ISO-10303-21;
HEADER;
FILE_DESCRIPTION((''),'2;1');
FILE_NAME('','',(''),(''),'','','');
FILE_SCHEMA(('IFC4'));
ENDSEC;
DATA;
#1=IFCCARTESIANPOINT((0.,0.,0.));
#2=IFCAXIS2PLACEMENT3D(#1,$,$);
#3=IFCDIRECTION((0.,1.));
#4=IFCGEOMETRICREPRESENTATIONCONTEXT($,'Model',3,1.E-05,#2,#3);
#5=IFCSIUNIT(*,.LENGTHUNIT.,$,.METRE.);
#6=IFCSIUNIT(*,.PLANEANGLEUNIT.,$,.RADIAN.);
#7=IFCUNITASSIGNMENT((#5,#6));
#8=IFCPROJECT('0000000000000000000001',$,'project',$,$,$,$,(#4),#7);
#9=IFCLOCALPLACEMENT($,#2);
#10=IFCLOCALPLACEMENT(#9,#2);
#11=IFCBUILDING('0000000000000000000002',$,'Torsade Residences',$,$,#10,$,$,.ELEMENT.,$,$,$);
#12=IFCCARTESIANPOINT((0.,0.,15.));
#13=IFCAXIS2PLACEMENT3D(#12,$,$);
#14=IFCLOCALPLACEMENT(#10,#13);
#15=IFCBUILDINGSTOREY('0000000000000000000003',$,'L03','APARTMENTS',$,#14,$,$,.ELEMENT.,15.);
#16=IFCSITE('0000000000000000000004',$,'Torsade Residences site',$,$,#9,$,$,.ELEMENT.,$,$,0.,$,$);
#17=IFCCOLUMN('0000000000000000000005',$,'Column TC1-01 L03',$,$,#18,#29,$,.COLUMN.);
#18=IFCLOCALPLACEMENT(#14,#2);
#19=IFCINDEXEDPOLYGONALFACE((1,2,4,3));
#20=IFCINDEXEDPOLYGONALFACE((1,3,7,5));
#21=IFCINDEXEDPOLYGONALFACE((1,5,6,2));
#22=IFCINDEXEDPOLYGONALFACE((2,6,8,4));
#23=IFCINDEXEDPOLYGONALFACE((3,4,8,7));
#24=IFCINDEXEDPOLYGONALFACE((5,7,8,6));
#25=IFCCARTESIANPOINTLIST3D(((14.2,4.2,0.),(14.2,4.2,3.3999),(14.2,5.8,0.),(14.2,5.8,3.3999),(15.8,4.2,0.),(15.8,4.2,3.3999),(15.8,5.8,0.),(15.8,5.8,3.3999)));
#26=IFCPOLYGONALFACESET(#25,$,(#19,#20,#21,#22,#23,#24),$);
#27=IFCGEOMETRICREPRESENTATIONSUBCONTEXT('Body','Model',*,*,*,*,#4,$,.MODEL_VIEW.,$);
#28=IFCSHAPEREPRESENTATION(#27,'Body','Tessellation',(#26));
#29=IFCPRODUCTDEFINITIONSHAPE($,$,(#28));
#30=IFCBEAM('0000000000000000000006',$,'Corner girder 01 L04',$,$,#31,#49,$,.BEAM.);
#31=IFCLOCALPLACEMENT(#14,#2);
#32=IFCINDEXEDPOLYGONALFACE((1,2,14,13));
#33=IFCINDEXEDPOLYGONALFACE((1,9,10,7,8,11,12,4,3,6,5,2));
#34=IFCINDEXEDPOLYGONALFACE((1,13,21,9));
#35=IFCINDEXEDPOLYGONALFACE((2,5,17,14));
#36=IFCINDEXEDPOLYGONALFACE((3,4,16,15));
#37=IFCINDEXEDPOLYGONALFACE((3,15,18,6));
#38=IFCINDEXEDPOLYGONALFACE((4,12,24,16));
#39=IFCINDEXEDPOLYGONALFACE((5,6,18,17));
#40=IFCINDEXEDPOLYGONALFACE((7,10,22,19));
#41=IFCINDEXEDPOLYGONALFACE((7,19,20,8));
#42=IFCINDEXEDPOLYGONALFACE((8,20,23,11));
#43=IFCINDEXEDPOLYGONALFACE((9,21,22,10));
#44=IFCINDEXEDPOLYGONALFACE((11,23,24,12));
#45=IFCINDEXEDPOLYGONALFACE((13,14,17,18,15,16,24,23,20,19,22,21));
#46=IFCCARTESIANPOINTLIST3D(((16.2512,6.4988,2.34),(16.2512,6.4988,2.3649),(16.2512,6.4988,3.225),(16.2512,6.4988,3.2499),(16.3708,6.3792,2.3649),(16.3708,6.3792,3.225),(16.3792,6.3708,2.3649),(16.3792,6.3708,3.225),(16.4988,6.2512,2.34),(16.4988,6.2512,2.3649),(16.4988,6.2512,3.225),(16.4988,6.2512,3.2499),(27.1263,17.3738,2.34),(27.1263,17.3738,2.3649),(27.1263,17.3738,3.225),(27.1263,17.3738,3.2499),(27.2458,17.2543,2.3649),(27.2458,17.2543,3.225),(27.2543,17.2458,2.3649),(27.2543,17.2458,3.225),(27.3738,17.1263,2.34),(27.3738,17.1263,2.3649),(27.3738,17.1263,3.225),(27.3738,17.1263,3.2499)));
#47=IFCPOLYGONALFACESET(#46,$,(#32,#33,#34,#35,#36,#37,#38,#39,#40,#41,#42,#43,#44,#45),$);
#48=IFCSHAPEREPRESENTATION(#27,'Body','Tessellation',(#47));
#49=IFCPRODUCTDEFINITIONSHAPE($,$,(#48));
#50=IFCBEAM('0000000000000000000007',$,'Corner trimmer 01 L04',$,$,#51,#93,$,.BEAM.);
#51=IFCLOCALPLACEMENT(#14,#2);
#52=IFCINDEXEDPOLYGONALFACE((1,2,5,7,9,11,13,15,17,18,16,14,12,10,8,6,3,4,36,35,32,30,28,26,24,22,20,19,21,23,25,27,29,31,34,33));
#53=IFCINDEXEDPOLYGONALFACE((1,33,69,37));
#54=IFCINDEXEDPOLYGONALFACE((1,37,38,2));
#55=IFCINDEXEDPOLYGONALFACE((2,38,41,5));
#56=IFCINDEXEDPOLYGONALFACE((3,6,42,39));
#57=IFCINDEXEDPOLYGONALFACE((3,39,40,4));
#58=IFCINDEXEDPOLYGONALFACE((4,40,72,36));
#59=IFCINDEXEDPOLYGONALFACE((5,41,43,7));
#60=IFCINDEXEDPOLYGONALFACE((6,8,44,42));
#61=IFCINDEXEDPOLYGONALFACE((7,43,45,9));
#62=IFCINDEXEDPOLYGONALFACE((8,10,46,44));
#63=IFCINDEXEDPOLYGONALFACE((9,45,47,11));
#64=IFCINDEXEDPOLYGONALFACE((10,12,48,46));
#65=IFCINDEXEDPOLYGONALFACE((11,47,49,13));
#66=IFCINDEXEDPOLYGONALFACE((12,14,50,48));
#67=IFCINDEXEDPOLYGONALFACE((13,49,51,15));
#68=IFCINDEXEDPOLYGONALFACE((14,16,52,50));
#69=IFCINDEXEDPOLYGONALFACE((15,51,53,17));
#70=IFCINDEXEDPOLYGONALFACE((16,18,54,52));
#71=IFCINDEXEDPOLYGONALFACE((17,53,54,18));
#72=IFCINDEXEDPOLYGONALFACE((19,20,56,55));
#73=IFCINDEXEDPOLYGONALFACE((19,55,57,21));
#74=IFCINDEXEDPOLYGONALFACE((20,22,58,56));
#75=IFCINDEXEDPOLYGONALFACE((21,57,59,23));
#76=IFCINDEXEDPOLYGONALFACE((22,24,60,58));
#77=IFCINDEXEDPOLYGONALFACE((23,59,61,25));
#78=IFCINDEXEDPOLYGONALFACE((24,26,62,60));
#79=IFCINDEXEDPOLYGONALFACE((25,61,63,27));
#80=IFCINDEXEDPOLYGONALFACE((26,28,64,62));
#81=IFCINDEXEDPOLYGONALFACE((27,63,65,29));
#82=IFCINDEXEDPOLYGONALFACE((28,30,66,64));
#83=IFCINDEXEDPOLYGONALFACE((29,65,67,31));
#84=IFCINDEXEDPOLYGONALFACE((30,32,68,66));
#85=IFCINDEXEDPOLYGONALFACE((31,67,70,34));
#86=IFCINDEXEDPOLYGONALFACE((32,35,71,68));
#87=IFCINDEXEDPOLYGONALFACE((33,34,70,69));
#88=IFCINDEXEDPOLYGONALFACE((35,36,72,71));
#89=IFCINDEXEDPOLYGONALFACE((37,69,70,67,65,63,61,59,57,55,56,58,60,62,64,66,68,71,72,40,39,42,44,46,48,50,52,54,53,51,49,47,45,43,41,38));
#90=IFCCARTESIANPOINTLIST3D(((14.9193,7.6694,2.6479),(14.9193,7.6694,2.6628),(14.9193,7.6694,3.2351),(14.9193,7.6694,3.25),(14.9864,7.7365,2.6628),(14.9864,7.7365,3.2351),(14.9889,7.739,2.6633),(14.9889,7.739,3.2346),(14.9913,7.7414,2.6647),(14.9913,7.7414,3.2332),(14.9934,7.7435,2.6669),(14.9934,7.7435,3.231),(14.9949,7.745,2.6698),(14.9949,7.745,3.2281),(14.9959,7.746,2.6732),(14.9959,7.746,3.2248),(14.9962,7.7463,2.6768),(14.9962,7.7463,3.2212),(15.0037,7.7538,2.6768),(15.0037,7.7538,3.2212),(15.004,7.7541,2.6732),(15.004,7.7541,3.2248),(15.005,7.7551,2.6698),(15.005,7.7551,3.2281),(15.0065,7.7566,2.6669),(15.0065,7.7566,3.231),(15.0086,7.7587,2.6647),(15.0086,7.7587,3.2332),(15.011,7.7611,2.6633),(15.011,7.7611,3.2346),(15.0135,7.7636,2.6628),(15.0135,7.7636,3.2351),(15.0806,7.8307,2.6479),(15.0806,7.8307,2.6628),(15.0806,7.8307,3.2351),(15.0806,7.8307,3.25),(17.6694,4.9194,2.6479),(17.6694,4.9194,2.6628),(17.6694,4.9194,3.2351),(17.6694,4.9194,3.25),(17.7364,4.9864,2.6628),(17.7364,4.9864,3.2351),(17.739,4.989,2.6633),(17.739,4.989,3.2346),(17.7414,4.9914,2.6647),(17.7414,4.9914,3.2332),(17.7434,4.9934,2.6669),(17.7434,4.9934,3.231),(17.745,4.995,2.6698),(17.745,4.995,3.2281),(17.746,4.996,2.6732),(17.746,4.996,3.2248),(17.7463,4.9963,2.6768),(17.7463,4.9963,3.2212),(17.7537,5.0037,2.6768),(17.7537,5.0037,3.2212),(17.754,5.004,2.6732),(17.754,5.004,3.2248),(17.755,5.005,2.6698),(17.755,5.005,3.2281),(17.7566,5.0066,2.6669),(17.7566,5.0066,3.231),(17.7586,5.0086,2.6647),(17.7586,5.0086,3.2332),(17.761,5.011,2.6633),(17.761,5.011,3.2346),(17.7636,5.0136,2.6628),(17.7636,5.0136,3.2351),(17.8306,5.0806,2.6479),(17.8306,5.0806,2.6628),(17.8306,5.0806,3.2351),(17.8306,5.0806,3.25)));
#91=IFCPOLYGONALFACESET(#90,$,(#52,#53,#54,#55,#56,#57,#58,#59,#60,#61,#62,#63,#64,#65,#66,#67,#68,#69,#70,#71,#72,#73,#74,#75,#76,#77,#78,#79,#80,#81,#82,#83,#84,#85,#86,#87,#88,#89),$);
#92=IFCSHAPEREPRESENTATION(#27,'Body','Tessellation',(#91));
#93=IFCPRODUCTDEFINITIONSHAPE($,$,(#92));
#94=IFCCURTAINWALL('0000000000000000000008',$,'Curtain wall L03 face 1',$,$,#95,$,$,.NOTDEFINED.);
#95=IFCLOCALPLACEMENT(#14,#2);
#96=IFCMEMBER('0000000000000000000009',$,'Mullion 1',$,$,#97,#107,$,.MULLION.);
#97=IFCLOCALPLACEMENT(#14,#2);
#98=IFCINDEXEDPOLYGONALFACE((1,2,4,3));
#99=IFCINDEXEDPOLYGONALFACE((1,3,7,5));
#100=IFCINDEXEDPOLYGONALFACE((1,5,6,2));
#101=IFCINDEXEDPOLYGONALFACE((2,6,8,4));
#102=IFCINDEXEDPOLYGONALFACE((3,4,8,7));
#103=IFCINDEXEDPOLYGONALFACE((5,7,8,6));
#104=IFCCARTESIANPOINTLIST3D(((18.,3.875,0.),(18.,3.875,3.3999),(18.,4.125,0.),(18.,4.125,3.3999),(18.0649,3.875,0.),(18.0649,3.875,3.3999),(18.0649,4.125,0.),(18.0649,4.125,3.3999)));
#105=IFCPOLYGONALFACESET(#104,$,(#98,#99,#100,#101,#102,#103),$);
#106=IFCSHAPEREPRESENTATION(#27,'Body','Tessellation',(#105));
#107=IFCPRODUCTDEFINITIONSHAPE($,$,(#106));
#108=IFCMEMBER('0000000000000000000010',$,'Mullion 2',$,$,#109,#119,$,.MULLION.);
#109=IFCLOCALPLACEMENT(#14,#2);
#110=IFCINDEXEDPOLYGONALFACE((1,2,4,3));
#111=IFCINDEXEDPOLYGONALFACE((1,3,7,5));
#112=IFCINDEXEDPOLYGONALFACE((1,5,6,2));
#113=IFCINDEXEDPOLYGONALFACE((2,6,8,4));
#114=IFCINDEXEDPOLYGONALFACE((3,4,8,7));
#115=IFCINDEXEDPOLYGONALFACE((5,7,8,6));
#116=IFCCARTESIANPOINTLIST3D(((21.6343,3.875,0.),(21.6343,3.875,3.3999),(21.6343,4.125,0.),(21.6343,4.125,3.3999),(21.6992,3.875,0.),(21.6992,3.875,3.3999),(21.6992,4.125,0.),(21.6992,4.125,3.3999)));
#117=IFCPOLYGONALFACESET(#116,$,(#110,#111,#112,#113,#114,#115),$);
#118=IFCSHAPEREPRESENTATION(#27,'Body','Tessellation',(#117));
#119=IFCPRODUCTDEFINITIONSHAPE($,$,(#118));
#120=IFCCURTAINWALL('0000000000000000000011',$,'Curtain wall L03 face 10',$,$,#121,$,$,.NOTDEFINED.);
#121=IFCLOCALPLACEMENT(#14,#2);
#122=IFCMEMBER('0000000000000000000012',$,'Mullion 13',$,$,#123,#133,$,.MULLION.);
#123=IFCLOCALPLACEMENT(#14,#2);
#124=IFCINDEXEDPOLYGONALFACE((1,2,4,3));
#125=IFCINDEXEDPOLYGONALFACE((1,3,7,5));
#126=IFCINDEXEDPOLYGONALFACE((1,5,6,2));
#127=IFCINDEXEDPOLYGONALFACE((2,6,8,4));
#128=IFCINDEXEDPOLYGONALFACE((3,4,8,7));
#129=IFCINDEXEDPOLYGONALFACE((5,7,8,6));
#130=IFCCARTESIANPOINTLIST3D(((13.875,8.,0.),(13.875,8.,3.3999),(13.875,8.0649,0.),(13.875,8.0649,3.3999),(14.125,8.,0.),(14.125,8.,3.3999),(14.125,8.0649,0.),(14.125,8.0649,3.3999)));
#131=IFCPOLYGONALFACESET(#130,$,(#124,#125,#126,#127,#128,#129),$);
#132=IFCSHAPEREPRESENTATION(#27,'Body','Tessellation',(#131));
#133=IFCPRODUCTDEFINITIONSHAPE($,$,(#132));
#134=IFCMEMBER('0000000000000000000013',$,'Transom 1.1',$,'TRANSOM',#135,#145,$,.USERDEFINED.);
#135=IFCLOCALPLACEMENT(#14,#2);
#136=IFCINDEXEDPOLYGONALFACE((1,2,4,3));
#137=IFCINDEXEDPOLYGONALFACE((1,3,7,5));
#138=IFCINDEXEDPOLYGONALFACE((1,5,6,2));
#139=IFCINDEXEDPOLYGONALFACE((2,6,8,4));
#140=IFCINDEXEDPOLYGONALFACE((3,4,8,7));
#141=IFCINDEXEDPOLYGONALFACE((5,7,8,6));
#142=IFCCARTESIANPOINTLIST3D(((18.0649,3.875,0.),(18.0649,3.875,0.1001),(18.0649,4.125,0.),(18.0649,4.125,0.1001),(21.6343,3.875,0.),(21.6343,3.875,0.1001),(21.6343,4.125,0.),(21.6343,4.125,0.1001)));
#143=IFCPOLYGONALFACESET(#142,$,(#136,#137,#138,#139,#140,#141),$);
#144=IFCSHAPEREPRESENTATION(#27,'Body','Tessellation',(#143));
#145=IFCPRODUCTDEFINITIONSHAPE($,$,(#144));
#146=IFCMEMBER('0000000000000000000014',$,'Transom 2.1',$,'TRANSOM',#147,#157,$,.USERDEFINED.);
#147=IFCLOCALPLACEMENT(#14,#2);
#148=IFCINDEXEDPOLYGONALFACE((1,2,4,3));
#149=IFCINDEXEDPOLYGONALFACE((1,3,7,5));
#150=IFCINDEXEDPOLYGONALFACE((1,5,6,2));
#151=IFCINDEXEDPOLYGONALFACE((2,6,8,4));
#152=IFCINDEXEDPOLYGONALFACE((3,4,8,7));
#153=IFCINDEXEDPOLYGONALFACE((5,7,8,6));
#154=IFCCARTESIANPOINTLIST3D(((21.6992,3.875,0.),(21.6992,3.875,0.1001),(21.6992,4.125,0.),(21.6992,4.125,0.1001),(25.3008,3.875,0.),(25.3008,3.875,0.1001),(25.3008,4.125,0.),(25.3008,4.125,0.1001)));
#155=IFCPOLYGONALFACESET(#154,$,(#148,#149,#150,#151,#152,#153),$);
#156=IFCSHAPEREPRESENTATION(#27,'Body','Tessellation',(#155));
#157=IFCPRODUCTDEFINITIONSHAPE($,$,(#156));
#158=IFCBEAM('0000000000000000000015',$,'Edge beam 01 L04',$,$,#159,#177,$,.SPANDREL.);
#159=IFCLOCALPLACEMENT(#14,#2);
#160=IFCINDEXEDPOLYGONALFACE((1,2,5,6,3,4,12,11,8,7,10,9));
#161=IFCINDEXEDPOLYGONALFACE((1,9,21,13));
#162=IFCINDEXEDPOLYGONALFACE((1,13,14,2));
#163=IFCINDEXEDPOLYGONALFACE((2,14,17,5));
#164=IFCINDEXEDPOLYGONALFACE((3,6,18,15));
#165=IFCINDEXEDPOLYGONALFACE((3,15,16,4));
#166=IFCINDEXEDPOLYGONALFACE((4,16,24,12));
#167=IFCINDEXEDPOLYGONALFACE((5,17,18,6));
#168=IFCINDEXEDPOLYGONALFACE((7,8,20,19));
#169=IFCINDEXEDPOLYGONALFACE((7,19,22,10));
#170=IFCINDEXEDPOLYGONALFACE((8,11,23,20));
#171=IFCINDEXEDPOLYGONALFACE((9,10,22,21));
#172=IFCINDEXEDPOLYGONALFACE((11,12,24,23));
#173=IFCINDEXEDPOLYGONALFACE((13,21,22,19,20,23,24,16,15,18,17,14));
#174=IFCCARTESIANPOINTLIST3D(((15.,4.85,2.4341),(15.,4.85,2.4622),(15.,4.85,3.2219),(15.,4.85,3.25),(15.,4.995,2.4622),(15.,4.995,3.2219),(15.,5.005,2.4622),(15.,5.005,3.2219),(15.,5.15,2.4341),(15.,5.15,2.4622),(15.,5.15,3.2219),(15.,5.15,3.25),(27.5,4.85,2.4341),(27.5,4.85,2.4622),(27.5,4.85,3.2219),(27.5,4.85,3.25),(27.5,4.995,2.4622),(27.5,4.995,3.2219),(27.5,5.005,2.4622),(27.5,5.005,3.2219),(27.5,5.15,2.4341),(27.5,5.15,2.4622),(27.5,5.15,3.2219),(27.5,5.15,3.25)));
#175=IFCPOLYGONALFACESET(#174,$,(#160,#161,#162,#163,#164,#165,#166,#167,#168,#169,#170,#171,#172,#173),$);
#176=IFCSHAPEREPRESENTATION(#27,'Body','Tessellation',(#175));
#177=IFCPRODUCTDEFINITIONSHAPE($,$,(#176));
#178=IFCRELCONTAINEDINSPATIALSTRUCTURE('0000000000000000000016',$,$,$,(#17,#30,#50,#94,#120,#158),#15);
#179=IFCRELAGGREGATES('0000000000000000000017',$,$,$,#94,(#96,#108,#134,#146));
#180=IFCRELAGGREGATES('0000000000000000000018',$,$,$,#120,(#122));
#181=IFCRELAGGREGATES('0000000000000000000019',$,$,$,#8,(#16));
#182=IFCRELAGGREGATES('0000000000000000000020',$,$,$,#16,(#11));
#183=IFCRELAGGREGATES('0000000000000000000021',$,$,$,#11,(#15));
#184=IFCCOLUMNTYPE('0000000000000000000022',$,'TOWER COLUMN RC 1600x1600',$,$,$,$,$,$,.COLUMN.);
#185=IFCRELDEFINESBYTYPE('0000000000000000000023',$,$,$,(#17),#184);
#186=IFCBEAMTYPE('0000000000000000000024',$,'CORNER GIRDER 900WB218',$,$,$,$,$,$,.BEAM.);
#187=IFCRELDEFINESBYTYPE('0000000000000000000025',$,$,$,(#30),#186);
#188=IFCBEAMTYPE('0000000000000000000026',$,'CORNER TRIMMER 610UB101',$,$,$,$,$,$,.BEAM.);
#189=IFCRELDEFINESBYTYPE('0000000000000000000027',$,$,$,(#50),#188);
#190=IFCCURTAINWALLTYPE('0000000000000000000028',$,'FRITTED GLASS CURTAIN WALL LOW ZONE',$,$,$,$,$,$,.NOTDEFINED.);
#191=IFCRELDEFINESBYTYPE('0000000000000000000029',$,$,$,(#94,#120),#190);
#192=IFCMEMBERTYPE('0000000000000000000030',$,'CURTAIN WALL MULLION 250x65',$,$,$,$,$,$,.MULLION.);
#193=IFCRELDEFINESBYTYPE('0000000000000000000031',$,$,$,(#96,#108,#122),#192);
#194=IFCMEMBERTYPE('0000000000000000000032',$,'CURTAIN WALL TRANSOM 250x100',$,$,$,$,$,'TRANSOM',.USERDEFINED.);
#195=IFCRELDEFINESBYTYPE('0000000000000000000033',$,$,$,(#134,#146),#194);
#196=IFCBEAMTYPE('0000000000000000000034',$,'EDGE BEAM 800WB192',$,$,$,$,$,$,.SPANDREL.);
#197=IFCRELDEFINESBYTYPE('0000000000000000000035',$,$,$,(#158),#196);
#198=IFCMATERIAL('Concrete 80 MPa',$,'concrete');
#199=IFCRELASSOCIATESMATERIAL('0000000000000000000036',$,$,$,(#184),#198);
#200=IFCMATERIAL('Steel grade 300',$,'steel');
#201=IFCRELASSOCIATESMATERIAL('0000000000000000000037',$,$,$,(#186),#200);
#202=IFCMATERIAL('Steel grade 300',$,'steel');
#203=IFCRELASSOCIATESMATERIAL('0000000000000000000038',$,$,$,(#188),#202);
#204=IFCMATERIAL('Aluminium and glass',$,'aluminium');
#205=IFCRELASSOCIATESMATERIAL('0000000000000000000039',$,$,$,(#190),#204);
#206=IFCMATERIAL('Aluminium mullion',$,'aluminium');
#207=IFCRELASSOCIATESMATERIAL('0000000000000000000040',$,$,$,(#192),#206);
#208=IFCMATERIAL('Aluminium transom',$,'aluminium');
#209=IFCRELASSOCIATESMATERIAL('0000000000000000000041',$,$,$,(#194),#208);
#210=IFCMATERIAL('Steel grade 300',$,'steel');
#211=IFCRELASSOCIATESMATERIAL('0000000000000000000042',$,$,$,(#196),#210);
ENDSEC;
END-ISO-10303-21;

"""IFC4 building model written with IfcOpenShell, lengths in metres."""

from ifc_helpers import new_model, si_unit, direction, frame, origin, origin_2d, place, context, subcontext, project, spatial, rectangle, i_section, extrude, material, material_profile, profile_set, type_object, element, aggregate, save


model = new_model("IFC4")

# Units and contexts
model_context = context("Model", 3, precision=1e-05, world=origin(), true_north=direction((0.0, 1.0)))
body_context = subcontext(model_context, "Body", "Model", "MODEL_VIEW")
ifc_project = project(units=[si_unit("LENGTHUNIT", "METRE"), si_unit("PLANEANGLEUNIT", "RADIAN")], contexts=[model_context])

# Site, building, storey
site_placement = place(None, origin())
site = spatial("IfcSite", under=ifc_project, at=site_placement, Name="Torsade Residences site", CompositionType="ELEMENT", RefElevation=0.0)
building_placement = place(site_placement, origin())
building = spatial("IfcBuilding", under=site, at=building_placement, Name="Torsade Residences", CompositionType="ELEMENT")
storey_placement = place(building_placement, frame((0.0, 0.0, 15.0)))
storey = spatial("IfcBuildingStorey", under=building, at=storey_placement, Name="L03", Description="APARTMENTS", CompositionType="ELEMENT", Elevation=15.0)

# Column
ifc_material_1 = material(Name="Concrete 80 MPa", Category="concrete")
ifc_material_profile_1 = material_profile(ifc_material_1, rectangle(XDim=1.6001, YDim=1.6001, at=origin_2d()), Name="RC 1600x1600")
ifc_profile_set_1 = profile_set([ifc_material_profile_1], Name="Concrete 80 MPa")
column_type = type_object("IfcColumnType", Name="TOWER COLUMN RC 1600x1600", PredefinedType="COLUMN", material=ifc_profile_set_1)
column_placement = place(storey_placement, frame((15.0, 5.0, 0.0), z_axis=(0.0, 0.0, 1.0), x_axis=(1.0, 0.0, 0.0)))
element("IfcColumn", 1, at=column_placement, inside=storey, type_object=column_type, Name="Column TC1-01 L03", PredefinedType="COLUMN", context=body_context, shape_type="SweptSolid", body=[
    extrude(rectangle(XDim=1.6001, YDim=1.6001, at=origin_2d()), origin(), (0.0, 0.0, 1.0), 3.3999),
])

# Beams
ifc_material_2 = material(Name="Steel grade 300", Category="steel")
ifc_material_profile_2 = material_profile(ifc_material_2, i_section(OverallWidth=0.3501, OverallDepth=0.9099, WebThickness=0.012, FlangeThickness=0.0249, at=origin_2d()), Name="900WB218")
ifc_profile_set_2 = profile_set([ifc_material_profile_2], Name="Steel grade 300")
beam_type_1 = type_object("IfcBeamType", Name="CORNER GIRDER 900WB218", PredefinedType="BEAM", material=ifc_profile_set_2)
beam_1_placement = place(storey_placement, frame((16.375, 6.375, 2.7949), z_axis=(0.707107, 0.707107, 0.0), x_axis=(-0.707107, 0.707107, 0.0)))
element("IfcBeam", 2, at=beam_1_placement, inside=storey, type_object=beam_type_1, Name="Corner girder 01 L04", PredefinedType="BEAM", context=body_context, shape_type="SweptSolid", body=[
    extrude(i_section(OverallWidth=0.3501, OverallDepth=0.9099, WebThickness=0.012, FlangeThickness=0.0249, at=origin_2d()), origin(), (0.0, 0.0, 1.0), 15.3796),
])
ifc_material_3 = material(Name="Steel grade 300", Category="steel")
ifc_material_profile_3 = material_profile(ifc_material_3, i_section(OverallWidth=0.228, OverallDepth=0.6021, WebThickness=0.0105, FlangeThickness=0.0149, FilletRadius=0.0139, at=origin_2d()), Name="610UB101")
ifc_profile_set_3 = profile_set([ifc_material_profile_3], Name="Steel grade 300")
beam_type_2 = type_object("IfcBeamType", Name="CORNER TRIMMER 610UB101", PredefinedType="BEAM", material=ifc_profile_set_3)
beam_2_placement = place(storey_placement, frame((17.75, 5.0, 2.949), z_axis=(-0.707107, 0.707107, 0.0), x_axis=(-0.707107, -0.707107, 0.0)))
element("IfcBeam", 3, at=beam_2_placement, inside=storey, type_object=beam_type_2, Name="Corner trimmer 01 L04", PredefinedType="BEAM", context=body_context, shape_type="SweptSolid", body=[
    extrude(i_section(OverallWidth=0.228, OverallDepth=0.6021, WebThickness=0.0105, FlangeThickness=0.0149, FilletRadius=0.0139, at=origin_2d()), origin(), (0.0, 0.0, 1.0), 3.8892),
])

# Curtain wall, members
ifc_material_4 = material(Name="Aluminium and glass", Category="aluminium")
curtain_wall_type = type_object("IfcCurtainWallType", Name="FRITTED GLASS CURTAIN WALL LOW ZONE", PredefinedType="NOTDEFINED", material=ifc_material_4)
curtain_wall_1_placement = place(storey_placement, origin())
curtain_wall_1 = element("IfcCurtainWall", 4, at=curtain_wall_1_placement, inside=storey, type_object=curtain_wall_type, Name="Curtain wall L03 face 1", PredefinedType="NOTDEFINED")
ifc_material_5 = material(Name="Aluminium mullion", Category="aluminium")
ifc_material_profile_4 = material_profile(ifc_material_5, rectangle(XDim=0.25, YDim=0.0649, at=origin_2d()), Name="CURTAIN WALL MULLION 250x65")
ifc_profile_set_4 = profile_set([ifc_material_profile_4], Name="Aluminium mullion")
member_type_1 = type_object("IfcMemberType", Name="CURTAIN WALL MULLION 250x65", PredefinedType="MULLION", material=ifc_profile_set_4)
member_1_placement = place(storey_placement, frame((18.0325, 4.0, 0.0), z_axis=(0.0, 0.0, 1.0), x_axis=(0.0, 1.0, 0.0)))
member_1 = element("IfcMember", 5, at=member_1_placement, type_object=member_type_1, Name="Mullion 1", PredefinedType="MULLION", context=body_context, shape_type="SweptSolid", body=[
    extrude(rectangle(XDim=0.25, YDim=0.0649, at=origin_2d()), origin(), (0.0, 0.0, 1.0), 3.3999),
])
member_2_placement = place(storey_placement, frame((21.6667, 4.0, 0.0), z_axis=(0.0, 0.0, 1.0), x_axis=(0.0, 1.0, 0.0)))
member_2 = element("IfcMember", 6, at=member_2_placement, type_object=member_type_1, Name="Mullion 2", PredefinedType="MULLION", context=body_context, shape_type="SweptSolid", body=[
    extrude(rectangle(XDim=0.25, YDim=0.0649, at=origin_2d()), origin(), (0.0, 0.0, 1.0), 3.3999),
])

# Curtain wall, member
curtain_wall_2_placement = place(storey_placement, origin())
curtain_wall_2 = element("IfcCurtainWall", 7, at=curtain_wall_2_placement, inside=storey, type_object=curtain_wall_type, Name="Curtain wall L03 face 10", PredefinedType="NOTDEFINED")
member_3_placement = place(storey_placement, frame((14.0, 8.0325, 0.0), z_axis=(0.0, 0.0, 1.0), x_axis=(1.0, 0.0, 0.0)))
member_3 = element("IfcMember", 8, at=member_3_placement, type_object=member_type_1, Name="Mullion 13", PredefinedType="MULLION", context=body_context, shape_type="SweptSolid", body=[
    extrude(rectangle(XDim=0.25, YDim=0.0649, at=origin_2d()), origin(), (0.0, 0.0, 1.0), 3.3999),
])

# Members
ifc_material_6 = material(Name="Aluminium transom", Category="aluminium")
ifc_material_profile_5 = material_profile(ifc_material_6, rectangle(XDim=0.25, YDim=0.1001, at=origin_2d()), Name="CURTAIN WALL TRANSOM 250x100")
ifc_profile_set_5 = profile_set([ifc_material_profile_5], Name="Aluminium transom")
member_type_2 = type_object("IfcMemberType", Name="CURTAIN WALL TRANSOM 250x100", ElementType="TRANSOM", PredefinedType="USERDEFINED", material=ifc_profile_set_5)
member_4_placement = place(storey_placement, frame((18.0649, 4.0, 0.05), z_axis=(1.0, 0.0, 0.0), x_axis=(0.0, 1.0, 0.0)))
member_4 = element("IfcMember", 9, at=member_4_placement, type_object=member_type_2, Name="Transom 1.1", ObjectType="TRANSOM", PredefinedType="USERDEFINED", context=body_context, shape_type="SweptSolid", body=[
    extrude(rectangle(XDim=0.25, YDim=0.1001, at=origin_2d()), origin(), (0.0, 0.0, 1.0), 3.5693),
])
member_5_placement = place(storey_placement, frame((21.6992, 4.0, 0.05), z_axis=(1.0, 0.0, 0.0), x_axis=(0.0, 1.0, 0.0)))
member_5 = element("IfcMember", 10, at=member_5_placement, type_object=member_type_2, Name="Transom 2.1", ObjectType="TRANSOM", PredefinedType="USERDEFINED", context=body_context, shape_type="SweptSolid", body=[
    extrude(rectangle(XDim=0.25, YDim=0.1001, at=origin_2d()), origin(), (0.0, 0.0, 1.0), 3.6016),
])

# Beam
ifc_material_7 = material(Name="Steel grade 300", Category="steel")
ifc_material_profile_6 = material_profile(ifc_material_7, i_section(OverallWidth=0.3, OverallDepth=0.8159, WebThickness=0.01, FlangeThickness=0.0281, at=origin_2d()), Name="800WB192")
ifc_profile_set_6 = profile_set([ifc_material_profile_6], Name="Steel grade 300")
beam_type_3 = type_object("IfcBeamType", Name="EDGE BEAM 800WB192", PredefinedType="SPANDREL", material=ifc_profile_set_6)
beam_3_placement = place(storey_placement, frame((15.0, 5.0, 2.842), z_axis=(1.0, 0.0, 0.0), x_axis=(0.0, 1.0, 0.0)))
element("IfcBeam", 11, at=beam_3_placement, inside=storey, type_object=beam_type_3, Name="Edge beam 01 L04", PredefinedType="SPANDREL", context=body_context, shape_type="SweptSolid", body=[
    extrude(i_section(OverallWidth=0.3, OverallDepth=0.8159, WebThickness=0.01, FlangeThickness=0.0281, at=origin_2d()), origin(), (0.0, 0.0, 1.0), 12.5),
])

aggregate(curtain_wall_1, [member_1, member_2, member_4, member_5])
aggregate(curtain_wall_2, [member_3])

save(model, "model.ifc")
